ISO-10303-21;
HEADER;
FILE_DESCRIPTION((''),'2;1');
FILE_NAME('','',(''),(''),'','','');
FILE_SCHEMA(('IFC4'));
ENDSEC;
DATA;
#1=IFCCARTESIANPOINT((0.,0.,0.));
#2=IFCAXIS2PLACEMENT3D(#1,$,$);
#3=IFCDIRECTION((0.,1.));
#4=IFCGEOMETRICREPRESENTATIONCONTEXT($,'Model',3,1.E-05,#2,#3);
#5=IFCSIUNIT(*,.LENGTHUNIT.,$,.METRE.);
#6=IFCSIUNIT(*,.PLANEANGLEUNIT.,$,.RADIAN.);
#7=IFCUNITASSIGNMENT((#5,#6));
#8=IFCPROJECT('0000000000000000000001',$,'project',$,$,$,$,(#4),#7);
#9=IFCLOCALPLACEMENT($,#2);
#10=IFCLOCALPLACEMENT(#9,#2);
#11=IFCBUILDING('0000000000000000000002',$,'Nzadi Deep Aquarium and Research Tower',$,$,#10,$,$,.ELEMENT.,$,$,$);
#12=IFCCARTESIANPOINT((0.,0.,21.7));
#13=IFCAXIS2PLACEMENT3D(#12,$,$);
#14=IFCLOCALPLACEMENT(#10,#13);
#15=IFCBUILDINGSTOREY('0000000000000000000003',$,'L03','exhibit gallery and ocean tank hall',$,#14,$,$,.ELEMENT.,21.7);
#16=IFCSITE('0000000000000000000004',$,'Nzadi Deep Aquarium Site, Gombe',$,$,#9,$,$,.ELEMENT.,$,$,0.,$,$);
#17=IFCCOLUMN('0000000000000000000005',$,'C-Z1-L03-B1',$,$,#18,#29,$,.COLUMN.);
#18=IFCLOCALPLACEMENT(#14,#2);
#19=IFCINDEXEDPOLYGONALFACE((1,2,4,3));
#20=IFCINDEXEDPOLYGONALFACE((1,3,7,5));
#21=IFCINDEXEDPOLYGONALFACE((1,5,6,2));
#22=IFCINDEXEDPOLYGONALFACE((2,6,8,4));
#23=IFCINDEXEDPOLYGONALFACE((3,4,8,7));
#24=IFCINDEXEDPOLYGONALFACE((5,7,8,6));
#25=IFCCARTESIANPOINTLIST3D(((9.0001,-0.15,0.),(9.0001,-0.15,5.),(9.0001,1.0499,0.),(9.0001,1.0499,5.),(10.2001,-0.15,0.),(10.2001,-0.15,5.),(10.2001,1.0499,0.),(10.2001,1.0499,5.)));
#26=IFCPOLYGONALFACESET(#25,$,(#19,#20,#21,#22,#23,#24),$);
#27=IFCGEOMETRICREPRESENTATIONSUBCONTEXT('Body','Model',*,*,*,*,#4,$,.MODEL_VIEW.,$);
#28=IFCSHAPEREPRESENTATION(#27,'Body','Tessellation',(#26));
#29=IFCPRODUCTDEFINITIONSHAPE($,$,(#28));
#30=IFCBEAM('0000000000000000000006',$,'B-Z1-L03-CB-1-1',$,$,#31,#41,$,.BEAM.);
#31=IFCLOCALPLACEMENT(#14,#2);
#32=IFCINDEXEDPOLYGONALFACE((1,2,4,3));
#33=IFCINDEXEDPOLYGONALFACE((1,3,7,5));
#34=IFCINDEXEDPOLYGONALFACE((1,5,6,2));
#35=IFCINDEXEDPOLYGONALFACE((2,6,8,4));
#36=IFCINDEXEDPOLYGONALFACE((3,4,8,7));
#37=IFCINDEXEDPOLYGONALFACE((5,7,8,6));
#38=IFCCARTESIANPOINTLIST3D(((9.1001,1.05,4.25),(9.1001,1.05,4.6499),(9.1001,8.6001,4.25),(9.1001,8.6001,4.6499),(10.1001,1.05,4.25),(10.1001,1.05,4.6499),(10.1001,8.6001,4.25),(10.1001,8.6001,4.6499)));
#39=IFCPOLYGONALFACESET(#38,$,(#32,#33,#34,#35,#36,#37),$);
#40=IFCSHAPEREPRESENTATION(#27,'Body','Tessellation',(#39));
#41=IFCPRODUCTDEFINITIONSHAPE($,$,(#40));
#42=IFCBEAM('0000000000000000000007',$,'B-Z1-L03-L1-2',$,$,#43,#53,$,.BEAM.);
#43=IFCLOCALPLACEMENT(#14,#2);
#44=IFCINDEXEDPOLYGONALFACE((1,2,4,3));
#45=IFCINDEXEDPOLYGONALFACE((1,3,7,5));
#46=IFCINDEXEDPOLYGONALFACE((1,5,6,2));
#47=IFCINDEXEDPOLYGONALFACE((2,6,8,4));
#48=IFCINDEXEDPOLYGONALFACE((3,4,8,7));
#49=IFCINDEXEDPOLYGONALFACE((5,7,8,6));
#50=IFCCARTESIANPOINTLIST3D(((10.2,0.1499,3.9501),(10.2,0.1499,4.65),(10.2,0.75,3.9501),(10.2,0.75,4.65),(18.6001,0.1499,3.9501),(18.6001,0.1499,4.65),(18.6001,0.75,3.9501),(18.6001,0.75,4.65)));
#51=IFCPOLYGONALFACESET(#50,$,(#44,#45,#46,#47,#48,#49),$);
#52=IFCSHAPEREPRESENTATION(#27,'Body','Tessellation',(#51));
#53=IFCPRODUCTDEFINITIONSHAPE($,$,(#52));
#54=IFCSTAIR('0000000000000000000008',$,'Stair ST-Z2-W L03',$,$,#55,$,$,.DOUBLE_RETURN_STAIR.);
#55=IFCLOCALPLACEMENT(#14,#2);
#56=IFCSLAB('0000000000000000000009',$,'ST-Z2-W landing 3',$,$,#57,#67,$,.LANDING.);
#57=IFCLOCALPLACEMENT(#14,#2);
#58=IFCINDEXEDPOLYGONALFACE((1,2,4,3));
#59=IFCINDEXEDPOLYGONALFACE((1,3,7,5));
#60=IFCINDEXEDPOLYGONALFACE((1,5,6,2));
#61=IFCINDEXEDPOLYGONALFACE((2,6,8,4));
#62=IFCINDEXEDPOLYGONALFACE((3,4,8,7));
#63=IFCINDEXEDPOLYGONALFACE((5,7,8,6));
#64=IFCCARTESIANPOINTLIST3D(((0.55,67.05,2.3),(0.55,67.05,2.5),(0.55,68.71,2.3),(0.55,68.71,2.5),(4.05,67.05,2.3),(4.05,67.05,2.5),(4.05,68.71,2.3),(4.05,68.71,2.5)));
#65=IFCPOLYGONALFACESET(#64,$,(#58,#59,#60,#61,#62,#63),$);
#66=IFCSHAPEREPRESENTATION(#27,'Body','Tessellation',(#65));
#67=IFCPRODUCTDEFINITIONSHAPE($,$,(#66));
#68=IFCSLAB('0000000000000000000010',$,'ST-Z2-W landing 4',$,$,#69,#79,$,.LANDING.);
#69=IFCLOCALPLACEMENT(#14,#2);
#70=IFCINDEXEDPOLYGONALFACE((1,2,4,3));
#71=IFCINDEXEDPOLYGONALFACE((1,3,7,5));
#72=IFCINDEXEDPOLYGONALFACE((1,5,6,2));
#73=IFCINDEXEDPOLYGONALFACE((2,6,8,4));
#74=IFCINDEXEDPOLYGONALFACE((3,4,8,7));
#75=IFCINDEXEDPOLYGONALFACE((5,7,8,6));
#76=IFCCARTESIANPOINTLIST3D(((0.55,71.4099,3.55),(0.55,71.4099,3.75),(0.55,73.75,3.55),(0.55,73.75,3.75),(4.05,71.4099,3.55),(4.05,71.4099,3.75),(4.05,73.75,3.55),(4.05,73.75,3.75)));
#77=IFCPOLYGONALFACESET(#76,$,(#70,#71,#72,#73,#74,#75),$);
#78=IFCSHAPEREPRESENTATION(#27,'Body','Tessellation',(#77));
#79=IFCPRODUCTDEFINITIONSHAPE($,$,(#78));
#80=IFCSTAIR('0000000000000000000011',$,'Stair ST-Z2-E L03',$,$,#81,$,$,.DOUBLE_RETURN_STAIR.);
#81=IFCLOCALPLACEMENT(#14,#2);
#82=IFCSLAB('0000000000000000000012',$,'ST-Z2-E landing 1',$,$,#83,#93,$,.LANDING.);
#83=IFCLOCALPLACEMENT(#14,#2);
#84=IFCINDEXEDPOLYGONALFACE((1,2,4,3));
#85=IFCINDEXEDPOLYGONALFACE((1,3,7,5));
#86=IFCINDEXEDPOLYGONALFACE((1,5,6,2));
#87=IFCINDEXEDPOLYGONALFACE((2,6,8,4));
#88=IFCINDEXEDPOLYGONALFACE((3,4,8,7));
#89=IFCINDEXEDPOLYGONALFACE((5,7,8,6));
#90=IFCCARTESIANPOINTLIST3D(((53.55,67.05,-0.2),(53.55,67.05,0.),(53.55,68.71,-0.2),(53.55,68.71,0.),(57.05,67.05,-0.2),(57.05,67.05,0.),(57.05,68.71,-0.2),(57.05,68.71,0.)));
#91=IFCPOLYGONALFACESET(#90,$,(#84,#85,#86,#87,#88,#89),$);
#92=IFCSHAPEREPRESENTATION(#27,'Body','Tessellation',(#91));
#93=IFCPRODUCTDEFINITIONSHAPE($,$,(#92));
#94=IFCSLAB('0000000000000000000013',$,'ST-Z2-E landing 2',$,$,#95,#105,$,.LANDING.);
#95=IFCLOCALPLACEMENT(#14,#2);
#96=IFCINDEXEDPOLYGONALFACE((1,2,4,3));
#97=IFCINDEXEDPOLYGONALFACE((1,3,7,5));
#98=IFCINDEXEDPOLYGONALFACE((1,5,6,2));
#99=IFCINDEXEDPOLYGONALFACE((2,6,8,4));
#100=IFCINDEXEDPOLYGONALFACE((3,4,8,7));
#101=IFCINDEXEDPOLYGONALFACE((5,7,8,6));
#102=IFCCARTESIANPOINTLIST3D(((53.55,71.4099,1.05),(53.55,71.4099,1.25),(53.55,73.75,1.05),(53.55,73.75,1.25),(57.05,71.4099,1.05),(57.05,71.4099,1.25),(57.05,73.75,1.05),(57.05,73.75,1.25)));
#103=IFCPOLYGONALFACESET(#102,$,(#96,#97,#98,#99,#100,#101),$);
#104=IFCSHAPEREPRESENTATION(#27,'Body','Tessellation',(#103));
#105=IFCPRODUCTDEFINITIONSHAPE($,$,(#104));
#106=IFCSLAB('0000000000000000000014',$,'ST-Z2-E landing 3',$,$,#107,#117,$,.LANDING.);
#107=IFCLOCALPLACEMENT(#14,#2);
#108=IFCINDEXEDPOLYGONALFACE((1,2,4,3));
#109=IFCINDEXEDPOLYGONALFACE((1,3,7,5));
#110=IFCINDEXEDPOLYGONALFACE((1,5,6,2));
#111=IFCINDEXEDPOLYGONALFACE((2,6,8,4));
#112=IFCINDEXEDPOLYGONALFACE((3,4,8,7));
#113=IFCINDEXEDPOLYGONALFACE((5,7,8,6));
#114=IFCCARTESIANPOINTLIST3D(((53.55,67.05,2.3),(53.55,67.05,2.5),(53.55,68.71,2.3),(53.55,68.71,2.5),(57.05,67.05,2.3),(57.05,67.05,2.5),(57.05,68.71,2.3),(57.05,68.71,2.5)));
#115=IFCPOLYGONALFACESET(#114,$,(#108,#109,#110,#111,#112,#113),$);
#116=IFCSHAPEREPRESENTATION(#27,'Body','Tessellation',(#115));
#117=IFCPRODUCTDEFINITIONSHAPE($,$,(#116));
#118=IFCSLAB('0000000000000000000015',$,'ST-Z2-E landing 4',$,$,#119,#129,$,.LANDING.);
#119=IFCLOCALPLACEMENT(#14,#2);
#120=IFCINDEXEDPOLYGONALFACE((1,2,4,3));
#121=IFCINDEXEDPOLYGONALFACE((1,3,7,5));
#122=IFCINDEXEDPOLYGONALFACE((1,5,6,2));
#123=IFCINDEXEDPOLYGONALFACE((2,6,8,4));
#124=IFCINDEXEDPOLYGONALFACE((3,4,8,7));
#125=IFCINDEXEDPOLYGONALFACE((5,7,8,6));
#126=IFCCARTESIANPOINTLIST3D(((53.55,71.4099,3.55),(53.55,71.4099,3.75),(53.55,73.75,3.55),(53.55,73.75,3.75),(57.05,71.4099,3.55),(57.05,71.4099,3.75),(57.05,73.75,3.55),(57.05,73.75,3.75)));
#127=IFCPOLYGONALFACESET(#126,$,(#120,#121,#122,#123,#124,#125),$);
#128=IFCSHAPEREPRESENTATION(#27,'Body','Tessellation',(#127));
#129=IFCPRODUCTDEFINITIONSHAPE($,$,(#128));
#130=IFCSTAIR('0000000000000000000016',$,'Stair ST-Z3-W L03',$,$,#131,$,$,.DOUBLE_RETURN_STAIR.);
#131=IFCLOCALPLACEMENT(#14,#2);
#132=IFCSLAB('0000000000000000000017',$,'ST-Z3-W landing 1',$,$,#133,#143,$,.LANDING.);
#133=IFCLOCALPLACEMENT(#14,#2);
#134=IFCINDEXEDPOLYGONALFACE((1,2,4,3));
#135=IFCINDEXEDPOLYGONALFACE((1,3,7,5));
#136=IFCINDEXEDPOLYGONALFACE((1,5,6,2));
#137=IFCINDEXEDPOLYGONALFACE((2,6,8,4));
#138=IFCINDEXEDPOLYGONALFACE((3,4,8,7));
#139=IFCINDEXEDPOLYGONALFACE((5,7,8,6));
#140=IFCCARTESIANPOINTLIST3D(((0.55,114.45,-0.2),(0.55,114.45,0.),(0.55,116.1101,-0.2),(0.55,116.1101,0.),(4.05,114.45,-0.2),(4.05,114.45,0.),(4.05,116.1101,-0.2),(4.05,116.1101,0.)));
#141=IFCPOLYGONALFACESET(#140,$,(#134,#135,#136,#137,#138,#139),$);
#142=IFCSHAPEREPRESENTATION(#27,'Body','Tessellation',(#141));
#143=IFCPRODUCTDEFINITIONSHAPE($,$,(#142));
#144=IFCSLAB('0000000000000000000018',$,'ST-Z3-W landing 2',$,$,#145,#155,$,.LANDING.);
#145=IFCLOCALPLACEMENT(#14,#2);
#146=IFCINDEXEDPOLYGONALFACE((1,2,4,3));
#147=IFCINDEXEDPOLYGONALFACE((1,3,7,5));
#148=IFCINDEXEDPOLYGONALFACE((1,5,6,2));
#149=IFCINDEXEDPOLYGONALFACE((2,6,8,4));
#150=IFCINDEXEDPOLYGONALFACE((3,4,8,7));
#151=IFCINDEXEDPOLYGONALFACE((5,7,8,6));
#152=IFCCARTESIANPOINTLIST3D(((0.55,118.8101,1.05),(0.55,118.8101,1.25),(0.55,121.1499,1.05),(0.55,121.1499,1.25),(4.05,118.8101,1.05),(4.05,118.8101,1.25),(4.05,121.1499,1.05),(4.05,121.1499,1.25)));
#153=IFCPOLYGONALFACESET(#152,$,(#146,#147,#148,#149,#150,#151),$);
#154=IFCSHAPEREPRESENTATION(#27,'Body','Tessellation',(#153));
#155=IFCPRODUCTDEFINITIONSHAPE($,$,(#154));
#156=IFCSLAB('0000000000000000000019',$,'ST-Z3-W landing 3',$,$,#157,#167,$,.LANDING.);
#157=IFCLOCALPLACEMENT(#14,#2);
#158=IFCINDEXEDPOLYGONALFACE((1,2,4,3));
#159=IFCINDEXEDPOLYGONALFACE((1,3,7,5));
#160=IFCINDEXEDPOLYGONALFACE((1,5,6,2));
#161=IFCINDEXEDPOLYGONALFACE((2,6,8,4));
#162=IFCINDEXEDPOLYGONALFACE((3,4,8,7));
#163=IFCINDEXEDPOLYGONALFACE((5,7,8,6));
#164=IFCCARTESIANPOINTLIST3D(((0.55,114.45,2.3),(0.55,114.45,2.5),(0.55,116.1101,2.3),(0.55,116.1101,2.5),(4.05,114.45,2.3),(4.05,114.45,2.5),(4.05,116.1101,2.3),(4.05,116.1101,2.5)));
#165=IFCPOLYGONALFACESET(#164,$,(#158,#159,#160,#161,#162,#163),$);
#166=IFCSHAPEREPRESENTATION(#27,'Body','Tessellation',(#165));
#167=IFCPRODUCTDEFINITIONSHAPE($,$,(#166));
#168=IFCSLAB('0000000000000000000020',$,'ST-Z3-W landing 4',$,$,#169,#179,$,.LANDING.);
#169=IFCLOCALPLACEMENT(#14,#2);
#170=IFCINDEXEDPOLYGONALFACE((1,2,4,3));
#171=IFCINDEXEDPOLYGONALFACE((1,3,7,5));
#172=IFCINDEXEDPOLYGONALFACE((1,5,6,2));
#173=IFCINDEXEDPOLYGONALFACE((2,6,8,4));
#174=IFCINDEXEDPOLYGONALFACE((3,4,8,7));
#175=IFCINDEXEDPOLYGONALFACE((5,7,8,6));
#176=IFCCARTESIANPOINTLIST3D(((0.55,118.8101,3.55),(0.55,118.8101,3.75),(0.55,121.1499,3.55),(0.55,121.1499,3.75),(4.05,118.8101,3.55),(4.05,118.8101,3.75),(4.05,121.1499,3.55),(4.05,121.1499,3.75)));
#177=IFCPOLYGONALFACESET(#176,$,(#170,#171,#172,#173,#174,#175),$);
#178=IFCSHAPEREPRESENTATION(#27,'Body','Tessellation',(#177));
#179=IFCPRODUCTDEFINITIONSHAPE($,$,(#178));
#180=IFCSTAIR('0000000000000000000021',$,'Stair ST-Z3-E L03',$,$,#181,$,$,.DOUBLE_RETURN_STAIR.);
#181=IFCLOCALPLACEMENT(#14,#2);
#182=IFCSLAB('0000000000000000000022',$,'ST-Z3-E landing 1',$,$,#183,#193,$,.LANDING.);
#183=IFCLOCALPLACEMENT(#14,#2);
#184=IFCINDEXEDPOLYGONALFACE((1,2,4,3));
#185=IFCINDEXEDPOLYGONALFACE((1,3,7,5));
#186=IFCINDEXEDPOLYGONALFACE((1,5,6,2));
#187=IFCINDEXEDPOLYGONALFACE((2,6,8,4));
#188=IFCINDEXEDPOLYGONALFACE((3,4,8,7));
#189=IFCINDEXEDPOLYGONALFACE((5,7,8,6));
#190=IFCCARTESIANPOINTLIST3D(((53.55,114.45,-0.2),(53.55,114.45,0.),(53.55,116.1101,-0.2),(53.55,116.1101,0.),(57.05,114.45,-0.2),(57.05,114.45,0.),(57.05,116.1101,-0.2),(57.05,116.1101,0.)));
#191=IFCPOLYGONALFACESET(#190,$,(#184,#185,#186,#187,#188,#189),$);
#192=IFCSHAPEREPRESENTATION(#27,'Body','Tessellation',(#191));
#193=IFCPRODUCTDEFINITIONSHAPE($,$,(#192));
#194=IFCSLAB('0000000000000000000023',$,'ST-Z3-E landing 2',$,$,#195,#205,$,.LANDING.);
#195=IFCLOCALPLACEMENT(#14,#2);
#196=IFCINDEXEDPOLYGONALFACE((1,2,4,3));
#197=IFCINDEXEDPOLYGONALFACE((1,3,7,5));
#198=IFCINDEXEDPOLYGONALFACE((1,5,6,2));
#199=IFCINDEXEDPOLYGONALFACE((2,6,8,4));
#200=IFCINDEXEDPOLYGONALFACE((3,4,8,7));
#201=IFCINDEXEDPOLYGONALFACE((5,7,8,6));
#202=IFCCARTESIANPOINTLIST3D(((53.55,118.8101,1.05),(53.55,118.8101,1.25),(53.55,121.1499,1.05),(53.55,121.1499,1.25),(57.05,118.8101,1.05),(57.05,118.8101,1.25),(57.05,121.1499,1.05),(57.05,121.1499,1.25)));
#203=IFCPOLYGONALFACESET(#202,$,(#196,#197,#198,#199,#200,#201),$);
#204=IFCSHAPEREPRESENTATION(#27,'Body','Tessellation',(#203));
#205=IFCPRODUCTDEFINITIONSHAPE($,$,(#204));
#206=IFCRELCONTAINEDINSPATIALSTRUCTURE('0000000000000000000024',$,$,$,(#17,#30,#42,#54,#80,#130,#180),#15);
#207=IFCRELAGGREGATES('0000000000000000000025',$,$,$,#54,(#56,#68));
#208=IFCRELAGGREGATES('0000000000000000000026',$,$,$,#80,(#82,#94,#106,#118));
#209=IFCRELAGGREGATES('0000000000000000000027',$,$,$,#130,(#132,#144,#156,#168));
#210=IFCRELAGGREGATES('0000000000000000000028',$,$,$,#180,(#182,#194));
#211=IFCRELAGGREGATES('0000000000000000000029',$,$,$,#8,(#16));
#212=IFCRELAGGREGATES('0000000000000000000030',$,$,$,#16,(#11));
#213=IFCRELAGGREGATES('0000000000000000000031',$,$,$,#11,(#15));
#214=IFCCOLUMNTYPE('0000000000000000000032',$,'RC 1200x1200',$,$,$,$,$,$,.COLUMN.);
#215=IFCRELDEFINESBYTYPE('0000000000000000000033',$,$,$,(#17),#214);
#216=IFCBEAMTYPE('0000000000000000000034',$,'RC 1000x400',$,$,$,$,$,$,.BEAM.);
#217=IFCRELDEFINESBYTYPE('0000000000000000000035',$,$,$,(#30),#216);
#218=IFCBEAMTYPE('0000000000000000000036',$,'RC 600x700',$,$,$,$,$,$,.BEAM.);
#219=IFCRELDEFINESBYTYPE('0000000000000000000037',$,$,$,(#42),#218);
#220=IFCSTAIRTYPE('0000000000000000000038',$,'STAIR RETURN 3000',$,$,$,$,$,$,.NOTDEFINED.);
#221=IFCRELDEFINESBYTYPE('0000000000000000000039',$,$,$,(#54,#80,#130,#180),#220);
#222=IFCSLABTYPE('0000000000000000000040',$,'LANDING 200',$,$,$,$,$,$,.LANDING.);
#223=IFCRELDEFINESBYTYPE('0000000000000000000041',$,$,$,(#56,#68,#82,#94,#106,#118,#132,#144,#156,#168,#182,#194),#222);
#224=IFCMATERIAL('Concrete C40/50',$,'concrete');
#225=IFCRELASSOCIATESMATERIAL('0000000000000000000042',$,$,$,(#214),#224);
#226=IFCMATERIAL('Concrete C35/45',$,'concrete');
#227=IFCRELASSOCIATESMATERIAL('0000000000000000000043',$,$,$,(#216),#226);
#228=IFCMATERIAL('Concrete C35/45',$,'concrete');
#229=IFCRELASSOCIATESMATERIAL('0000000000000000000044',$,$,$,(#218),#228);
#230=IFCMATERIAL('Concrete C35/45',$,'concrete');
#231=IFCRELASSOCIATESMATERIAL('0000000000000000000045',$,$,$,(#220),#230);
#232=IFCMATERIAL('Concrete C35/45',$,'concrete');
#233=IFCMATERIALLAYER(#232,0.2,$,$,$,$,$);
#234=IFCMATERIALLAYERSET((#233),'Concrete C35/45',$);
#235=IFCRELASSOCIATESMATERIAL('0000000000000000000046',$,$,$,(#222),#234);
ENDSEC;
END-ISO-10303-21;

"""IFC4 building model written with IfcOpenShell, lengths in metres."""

from ifc_helpers import new_model, si_unit, direction, frame, origin, origin_2d, place, context, subcontext, project, spatial, polyline, rectangle, outline, extrude, material, layer, layer_set, material_profile, profile_set, type_object, element, aggregate, save


model = new_model("IFC4")

# Units and contexts
model_context = context("Model", 3, precision=1e-05, world=origin(), true_north=direction((0.0, 1.0)))
body_context = subcontext(model_context, "Body", "Model", "MODEL_VIEW")
ifc_project = project(units=[si_unit("LENGTHUNIT", "METRE"), si_unit("PLANEANGLEUNIT", "RADIAN")], contexts=[model_context])

# Site, building, storey
site_placement = place(None, origin())
site = spatial("IfcSite", under=ifc_project, at=site_placement, Name="Nzadi Deep Aquarium Site, Gombe", CompositionType="ELEMENT", RefElevation=0.0)
building_placement = place(site_placement, origin())
building = spatial("IfcBuilding", under=site, at=building_placement, Name="Nzadi Deep Aquarium and Research Tower", CompositionType="ELEMENT")
storey_placement = place(building_placement, frame((0.0, 0.0, 21.7)))
storey = spatial("IfcBuildingStorey", under=building, at=storey_placement, Name="L03", Description="exhibit gallery and ocean tank hall", CompositionType="ELEMENT", Elevation=21.7)

# Column
ifc_material_1 = material(Name="Concrete C40/50", Category="concrete")
ifc_material_profile_1 = material_profile(ifc_material_1, rectangle(XDim=1.2, YDim=1.2, at=origin_2d()))
ifc_profile_set_1 = profile_set([ifc_material_profile_1], Name="Concrete C40/50")
column_type = type_object("IfcColumnType", Name="RC 1200x1200", PredefinedType="COLUMN", material=ifc_profile_set_1)
column_placement = place(storey_placement, frame((9.6001, 0.45, 0.0), z_axis=(0.0, 0.0, 1.0), x_axis=(1.0, 0.0, 0.0)))
element("IfcColumn", 1, at=column_placement, inside=storey, type_object=column_type, Name="C-Z1-L03-B1", PredefinedType="COLUMN", context=body_context, shape_type="SweptSolid", body=[
    extrude(rectangle(XDim=1.2, YDim=1.2, at=origin_2d()), origin(), (0.0, 0.0, 1.0), 5.0),
])

# Beams
ifc_material_2 = material(Name="Concrete C35/45", Category="concrete")
ifc_material_profile_2 = material_profile(ifc_material_2, rectangle(XDim=1.0, YDim=0.3999, at=origin_2d()))
ifc_profile_set_2 = profile_set([ifc_material_profile_2], Name="Concrete C35/45")
beam_type_1 = type_object("IfcBeamType", Name="RC 1000x400", PredefinedType="BEAM", material=ifc_profile_set_2)
beam_1_placement = place(storey_placement, frame((9.6001, 1.05, 4.45), z_axis=(0.0, 1.0, 0.0), x_axis=(-1.0, 0.0, 0.0)))
element("IfcBeam", 2, at=beam_1_placement, inside=storey, type_object=beam_type_1, Name="B-Z1-L03-CB-1-1", PredefinedType="BEAM", context=body_context, shape_type="SweptSolid", body=[
    extrude(rectangle(XDim=1.0, YDim=0.3999, at=origin_2d()), origin(), (0.0, 0.0, 1.0), 7.55),
])
ifc_material_3 = material(Name="Concrete C35/45", Category="concrete")
ifc_material_profile_3 = material_profile(ifc_material_3, rectangle(XDim=0.6001, YDim=0.7, at=origin_2d()))
ifc_profile_set_3 = profile_set([ifc_material_profile_3], Name="Concrete C35/45")
beam_type_2 = type_object("IfcBeamType", Name="RC 600x700", PredefinedType="BEAM", material=ifc_profile_set_3)
beam_2_placement = place(storey_placement, frame((10.2, 0.45, 4.3), z_axis=(1.0, 0.0, 0.0), x_axis=(0.0, 1.0, 0.0)))
element("IfcBeam", 3, at=beam_2_placement, inside=storey, type_object=beam_type_2, Name="B-Z1-L03-L1-2", PredefinedType="BEAM", context=body_context, shape_type="SweptSolid", body=[
    extrude(rectangle(XDim=0.6001, YDim=0.7, at=origin_2d()), origin(), (0.0, 0.0, 1.0), 8.4001),
])

# Stairs, slabs
ifc_material_4 = material(Name="Concrete C35/45", Category="concrete")
stair_type = type_object("IfcStairType", Name="STAIR RETURN 3000", PredefinedType="NOTDEFINED", material=ifc_material_4)
stair_1_placement = place(storey_placement, origin())
stair_1 = element("IfcStair", 4, at=stair_1_placement, inside=storey, type_object=stair_type, Name="Stair ST-Z2-W L03", PredefinedType="DOUBLE_RETURN_STAIR")
ifc_material_5 = material(Name="Concrete C35/45", Category="concrete")
ifc_layer_1 = layer(ifc_material_5, 0.2)
ifc_layer_set_1 = layer_set([ifc_layer_1], Name="Concrete C35/45")
slab_type = type_object("IfcSlabType", Name="LANDING 200", PredefinedType="LANDING", material=ifc_layer_set_1)
slab_1_placement = place(storey_placement, frame((0.0, 0.0, 2.3)))
slab_1 = element("IfcSlab", 5, at=slab_1_placement, type_object=slab_type, Name="ST-Z2-W landing 3", PredefinedType="LANDING", context=body_context, shape_type="SweptSolid", body=[
    extrude(outline(polyline([(0.55, 67.05), (4.05, 67.05), (4.05, 68.71), (0.55, 68.71), (0.55, 67.05)])), origin(), (0.0, 0.0, 1.0), 0.2),
])
slab_2_placement = place(storey_placement, frame((0.0, 0.0, 3.55)))
slab_2 = element("IfcSlab", 6, at=slab_2_placement, type_object=slab_type, Name="ST-Z2-W landing 4", PredefinedType="LANDING", context=body_context, shape_type="SweptSolid", body=[
    extrude(outline(polyline([(0.55, 71.4099), (4.05, 71.4099), (4.05, 73.75), (0.55, 73.75), (0.55, 71.4099)])), origin(), (0.0, 0.0, 1.0), 0.2),
])
aggregate(stair_1, [slab_1, slab_2])
stair_2_placement = place(storey_placement, origin())
stair_2 = element("IfcStair", 7, at=stair_2_placement, inside=storey, type_object=stair_type, Name="Stair ST-Z2-E L03", PredefinedType="DOUBLE_RETURN_STAIR")
slab_3_placement = place(storey_placement, frame((0.0, 0.0, -0.2)))
slab_3 = element("IfcSlab", 8, at=slab_3_placement, type_object=slab_type, Name="ST-Z2-E landing 1", PredefinedType="LANDING", context=body_context, shape_type="SweptSolid", body=[
    extrude(outline(polyline([(57.05, 68.71), (53.55, 68.71), (53.55, 67.05), (57.05, 67.05), (57.05, 68.71)])), origin(), (0.0, 0.0, 1.0), 0.2),
])
slab_4_placement = place(storey_placement, frame((0.0, 0.0, 1.05)))
slab_4 = element("IfcSlab", 9, at=slab_4_placement, type_object=slab_type, Name="ST-Z2-E landing 2", PredefinedType="LANDING", context=body_context, shape_type="SweptSolid", body=[
    extrude(outline(polyline([(57.05, 73.75), (53.55, 73.75), (53.55, 71.4099), (57.05, 71.4099), (57.05, 73.75)])), origin(), (0.0, 0.0, 1.0), 0.2),
])
slab_5_placement = place(storey_placement, frame((0.0, 0.0, 2.3)))
slab_5 = element("IfcSlab", 10, at=slab_5_placement, type_object=slab_type, Name="ST-Z2-E landing 3", PredefinedType="LANDING", context=body_context, shape_type="SweptSolid", body=[
    extrude(outline(polyline([(57.05, 68.71), (53.55, 68.71), (53.55, 67.05), (57.05, 67.05), (57.05, 68.71)])), origin(), (0.0, 0.0, 1.0), 0.2),
])
slab_6_placement = place(storey_placement, frame((0.0, 0.0, 3.55)))
slab_6 = element("IfcSlab", 11, at=slab_6_placement, type_object=slab_type, Name="ST-Z2-E landing 4", PredefinedType="LANDING", context=body_context, shape_type="SweptSolid", body=[
    extrude(outline(polyline([(57.05, 73.75), (53.55, 73.75), (53.55, 71.4099), (57.05, 71.4099), (57.05, 73.75)])), origin(), (0.0, 0.0, 1.0), 0.2),
])
aggregate(stair_2, [slab_3, slab_4, slab_5, slab_6])
stair_3_placement = place(storey_placement, origin())
stair_3 = element("IfcStair", 12, at=stair_3_placement, inside=storey, type_object=stair_type, Name="Stair ST-Z3-W L03", PredefinedType="DOUBLE_RETURN_STAIR")
slab_7_placement = place(storey_placement, frame((0.0, 0.0, -0.2)))
slab_7 = element("IfcSlab", 13, at=slab_7_placement, type_object=slab_type, Name="ST-Z3-W landing 1", PredefinedType="LANDING", context=body_context, shape_type="SweptSolid", body=[
    extrude(outline(polyline([(0.55, 114.45), (4.05, 114.45), (4.05, 116.1101), (0.55, 116.1101), (0.55, 114.45)])), origin(), (0.0, 0.0, 1.0), 0.2),
])
slab_8_placement = place(storey_placement, frame((0.0, 0.0, 1.05)))
slab_8 = element("IfcSlab", 14, at=slab_8_placement, type_object=slab_type, Name="ST-Z3-W landing 2", PredefinedType="LANDING", context=body_context, shape_type="SweptSolid", body=[
    extrude(outline(polyline([(0.55, 118.8101), (4.05, 118.8101), (4.05, 121.1499), (0.55, 121.1499), (0.55, 118.8101)])), origin(), (0.0, 0.0, 1.0), 0.2),
])
slab_9_placement = place(storey_placement, frame((0.0, 0.0, 2.3)))
slab_9 = element("IfcSlab", 15, at=slab_9_placement, type_object=slab_type, Name="ST-Z3-W landing 3", PredefinedType="LANDING", context=body_context, shape_type="SweptSolid", body=[
    extrude(outline(polyline([(0.55, 114.45), (4.05, 114.45), (4.05, 116.1101), (0.55, 116.1101), (0.55, 114.45)])), origin(), (0.0, 0.0, 1.0), 0.2),
])
slab_10_placement = place(storey_placement, frame((0.0, 0.0, 3.55)))
slab_10 = element("IfcSlab", 16, at=slab_10_placement, type_object=slab_type, Name="ST-Z3-W landing 4", PredefinedType="LANDING", context=body_context, shape_type="SweptSolid", body=[
    extrude(outline(polyline([(0.55, 118.8101), (4.05, 118.8101), (4.05, 121.1499), (0.55, 121.1499), (0.55, 118.8101)])), origin(), (0.0, 0.0, 1.0), 0.2),
])
aggregate(stair_3, [slab_7, slab_8, slab_9, slab_10])
stair_4_placement = place(storey_placement, origin())
stair_4 = element("IfcStair", 17, at=stair_4_placement, inside=storey, type_object=stair_type, Name="Stair ST-Z3-E L03", PredefinedType="DOUBLE_RETURN_STAIR")
slab_11_placement = place(storey_placement, frame((0.0, 0.0, -0.2)))
slab_11 = element("IfcSlab", 18, at=slab_11_placement, type_object=slab_type, Name="ST-Z3-E landing 1", PredefinedType="LANDING", context=body_context, shape_type="SweptSolid", body=[
    extrude(outline(polyline([(57.05, 116.1101), (53.55, 116.1101), (53.55, 114.45), (57.05, 114.45), (57.05, 116.1101)])), origin(), (0.0, 0.0, 1.0), 0.2),
])
slab_12_placement = place(storey_placement, frame((0.0, 0.0, 1.05)))
slab_12 = element("IfcSlab", 19, at=slab_12_placement, type_object=slab_type, Name="ST-Z3-E landing 2", PredefinedType="LANDING", context=body_context, shape_type="SweptSolid", body=[
    extrude(outline(polyline([(57.05, 121.1499), (53.55, 121.1499), (53.55, 118.8101), (57.05, 118.8101), (57.05, 121.1499)])), origin(), (0.0, 0.0, 1.0), 0.2),
])
aggregate(stair_4, [slab_11, slab_12])

save(model, "model.ifc")
